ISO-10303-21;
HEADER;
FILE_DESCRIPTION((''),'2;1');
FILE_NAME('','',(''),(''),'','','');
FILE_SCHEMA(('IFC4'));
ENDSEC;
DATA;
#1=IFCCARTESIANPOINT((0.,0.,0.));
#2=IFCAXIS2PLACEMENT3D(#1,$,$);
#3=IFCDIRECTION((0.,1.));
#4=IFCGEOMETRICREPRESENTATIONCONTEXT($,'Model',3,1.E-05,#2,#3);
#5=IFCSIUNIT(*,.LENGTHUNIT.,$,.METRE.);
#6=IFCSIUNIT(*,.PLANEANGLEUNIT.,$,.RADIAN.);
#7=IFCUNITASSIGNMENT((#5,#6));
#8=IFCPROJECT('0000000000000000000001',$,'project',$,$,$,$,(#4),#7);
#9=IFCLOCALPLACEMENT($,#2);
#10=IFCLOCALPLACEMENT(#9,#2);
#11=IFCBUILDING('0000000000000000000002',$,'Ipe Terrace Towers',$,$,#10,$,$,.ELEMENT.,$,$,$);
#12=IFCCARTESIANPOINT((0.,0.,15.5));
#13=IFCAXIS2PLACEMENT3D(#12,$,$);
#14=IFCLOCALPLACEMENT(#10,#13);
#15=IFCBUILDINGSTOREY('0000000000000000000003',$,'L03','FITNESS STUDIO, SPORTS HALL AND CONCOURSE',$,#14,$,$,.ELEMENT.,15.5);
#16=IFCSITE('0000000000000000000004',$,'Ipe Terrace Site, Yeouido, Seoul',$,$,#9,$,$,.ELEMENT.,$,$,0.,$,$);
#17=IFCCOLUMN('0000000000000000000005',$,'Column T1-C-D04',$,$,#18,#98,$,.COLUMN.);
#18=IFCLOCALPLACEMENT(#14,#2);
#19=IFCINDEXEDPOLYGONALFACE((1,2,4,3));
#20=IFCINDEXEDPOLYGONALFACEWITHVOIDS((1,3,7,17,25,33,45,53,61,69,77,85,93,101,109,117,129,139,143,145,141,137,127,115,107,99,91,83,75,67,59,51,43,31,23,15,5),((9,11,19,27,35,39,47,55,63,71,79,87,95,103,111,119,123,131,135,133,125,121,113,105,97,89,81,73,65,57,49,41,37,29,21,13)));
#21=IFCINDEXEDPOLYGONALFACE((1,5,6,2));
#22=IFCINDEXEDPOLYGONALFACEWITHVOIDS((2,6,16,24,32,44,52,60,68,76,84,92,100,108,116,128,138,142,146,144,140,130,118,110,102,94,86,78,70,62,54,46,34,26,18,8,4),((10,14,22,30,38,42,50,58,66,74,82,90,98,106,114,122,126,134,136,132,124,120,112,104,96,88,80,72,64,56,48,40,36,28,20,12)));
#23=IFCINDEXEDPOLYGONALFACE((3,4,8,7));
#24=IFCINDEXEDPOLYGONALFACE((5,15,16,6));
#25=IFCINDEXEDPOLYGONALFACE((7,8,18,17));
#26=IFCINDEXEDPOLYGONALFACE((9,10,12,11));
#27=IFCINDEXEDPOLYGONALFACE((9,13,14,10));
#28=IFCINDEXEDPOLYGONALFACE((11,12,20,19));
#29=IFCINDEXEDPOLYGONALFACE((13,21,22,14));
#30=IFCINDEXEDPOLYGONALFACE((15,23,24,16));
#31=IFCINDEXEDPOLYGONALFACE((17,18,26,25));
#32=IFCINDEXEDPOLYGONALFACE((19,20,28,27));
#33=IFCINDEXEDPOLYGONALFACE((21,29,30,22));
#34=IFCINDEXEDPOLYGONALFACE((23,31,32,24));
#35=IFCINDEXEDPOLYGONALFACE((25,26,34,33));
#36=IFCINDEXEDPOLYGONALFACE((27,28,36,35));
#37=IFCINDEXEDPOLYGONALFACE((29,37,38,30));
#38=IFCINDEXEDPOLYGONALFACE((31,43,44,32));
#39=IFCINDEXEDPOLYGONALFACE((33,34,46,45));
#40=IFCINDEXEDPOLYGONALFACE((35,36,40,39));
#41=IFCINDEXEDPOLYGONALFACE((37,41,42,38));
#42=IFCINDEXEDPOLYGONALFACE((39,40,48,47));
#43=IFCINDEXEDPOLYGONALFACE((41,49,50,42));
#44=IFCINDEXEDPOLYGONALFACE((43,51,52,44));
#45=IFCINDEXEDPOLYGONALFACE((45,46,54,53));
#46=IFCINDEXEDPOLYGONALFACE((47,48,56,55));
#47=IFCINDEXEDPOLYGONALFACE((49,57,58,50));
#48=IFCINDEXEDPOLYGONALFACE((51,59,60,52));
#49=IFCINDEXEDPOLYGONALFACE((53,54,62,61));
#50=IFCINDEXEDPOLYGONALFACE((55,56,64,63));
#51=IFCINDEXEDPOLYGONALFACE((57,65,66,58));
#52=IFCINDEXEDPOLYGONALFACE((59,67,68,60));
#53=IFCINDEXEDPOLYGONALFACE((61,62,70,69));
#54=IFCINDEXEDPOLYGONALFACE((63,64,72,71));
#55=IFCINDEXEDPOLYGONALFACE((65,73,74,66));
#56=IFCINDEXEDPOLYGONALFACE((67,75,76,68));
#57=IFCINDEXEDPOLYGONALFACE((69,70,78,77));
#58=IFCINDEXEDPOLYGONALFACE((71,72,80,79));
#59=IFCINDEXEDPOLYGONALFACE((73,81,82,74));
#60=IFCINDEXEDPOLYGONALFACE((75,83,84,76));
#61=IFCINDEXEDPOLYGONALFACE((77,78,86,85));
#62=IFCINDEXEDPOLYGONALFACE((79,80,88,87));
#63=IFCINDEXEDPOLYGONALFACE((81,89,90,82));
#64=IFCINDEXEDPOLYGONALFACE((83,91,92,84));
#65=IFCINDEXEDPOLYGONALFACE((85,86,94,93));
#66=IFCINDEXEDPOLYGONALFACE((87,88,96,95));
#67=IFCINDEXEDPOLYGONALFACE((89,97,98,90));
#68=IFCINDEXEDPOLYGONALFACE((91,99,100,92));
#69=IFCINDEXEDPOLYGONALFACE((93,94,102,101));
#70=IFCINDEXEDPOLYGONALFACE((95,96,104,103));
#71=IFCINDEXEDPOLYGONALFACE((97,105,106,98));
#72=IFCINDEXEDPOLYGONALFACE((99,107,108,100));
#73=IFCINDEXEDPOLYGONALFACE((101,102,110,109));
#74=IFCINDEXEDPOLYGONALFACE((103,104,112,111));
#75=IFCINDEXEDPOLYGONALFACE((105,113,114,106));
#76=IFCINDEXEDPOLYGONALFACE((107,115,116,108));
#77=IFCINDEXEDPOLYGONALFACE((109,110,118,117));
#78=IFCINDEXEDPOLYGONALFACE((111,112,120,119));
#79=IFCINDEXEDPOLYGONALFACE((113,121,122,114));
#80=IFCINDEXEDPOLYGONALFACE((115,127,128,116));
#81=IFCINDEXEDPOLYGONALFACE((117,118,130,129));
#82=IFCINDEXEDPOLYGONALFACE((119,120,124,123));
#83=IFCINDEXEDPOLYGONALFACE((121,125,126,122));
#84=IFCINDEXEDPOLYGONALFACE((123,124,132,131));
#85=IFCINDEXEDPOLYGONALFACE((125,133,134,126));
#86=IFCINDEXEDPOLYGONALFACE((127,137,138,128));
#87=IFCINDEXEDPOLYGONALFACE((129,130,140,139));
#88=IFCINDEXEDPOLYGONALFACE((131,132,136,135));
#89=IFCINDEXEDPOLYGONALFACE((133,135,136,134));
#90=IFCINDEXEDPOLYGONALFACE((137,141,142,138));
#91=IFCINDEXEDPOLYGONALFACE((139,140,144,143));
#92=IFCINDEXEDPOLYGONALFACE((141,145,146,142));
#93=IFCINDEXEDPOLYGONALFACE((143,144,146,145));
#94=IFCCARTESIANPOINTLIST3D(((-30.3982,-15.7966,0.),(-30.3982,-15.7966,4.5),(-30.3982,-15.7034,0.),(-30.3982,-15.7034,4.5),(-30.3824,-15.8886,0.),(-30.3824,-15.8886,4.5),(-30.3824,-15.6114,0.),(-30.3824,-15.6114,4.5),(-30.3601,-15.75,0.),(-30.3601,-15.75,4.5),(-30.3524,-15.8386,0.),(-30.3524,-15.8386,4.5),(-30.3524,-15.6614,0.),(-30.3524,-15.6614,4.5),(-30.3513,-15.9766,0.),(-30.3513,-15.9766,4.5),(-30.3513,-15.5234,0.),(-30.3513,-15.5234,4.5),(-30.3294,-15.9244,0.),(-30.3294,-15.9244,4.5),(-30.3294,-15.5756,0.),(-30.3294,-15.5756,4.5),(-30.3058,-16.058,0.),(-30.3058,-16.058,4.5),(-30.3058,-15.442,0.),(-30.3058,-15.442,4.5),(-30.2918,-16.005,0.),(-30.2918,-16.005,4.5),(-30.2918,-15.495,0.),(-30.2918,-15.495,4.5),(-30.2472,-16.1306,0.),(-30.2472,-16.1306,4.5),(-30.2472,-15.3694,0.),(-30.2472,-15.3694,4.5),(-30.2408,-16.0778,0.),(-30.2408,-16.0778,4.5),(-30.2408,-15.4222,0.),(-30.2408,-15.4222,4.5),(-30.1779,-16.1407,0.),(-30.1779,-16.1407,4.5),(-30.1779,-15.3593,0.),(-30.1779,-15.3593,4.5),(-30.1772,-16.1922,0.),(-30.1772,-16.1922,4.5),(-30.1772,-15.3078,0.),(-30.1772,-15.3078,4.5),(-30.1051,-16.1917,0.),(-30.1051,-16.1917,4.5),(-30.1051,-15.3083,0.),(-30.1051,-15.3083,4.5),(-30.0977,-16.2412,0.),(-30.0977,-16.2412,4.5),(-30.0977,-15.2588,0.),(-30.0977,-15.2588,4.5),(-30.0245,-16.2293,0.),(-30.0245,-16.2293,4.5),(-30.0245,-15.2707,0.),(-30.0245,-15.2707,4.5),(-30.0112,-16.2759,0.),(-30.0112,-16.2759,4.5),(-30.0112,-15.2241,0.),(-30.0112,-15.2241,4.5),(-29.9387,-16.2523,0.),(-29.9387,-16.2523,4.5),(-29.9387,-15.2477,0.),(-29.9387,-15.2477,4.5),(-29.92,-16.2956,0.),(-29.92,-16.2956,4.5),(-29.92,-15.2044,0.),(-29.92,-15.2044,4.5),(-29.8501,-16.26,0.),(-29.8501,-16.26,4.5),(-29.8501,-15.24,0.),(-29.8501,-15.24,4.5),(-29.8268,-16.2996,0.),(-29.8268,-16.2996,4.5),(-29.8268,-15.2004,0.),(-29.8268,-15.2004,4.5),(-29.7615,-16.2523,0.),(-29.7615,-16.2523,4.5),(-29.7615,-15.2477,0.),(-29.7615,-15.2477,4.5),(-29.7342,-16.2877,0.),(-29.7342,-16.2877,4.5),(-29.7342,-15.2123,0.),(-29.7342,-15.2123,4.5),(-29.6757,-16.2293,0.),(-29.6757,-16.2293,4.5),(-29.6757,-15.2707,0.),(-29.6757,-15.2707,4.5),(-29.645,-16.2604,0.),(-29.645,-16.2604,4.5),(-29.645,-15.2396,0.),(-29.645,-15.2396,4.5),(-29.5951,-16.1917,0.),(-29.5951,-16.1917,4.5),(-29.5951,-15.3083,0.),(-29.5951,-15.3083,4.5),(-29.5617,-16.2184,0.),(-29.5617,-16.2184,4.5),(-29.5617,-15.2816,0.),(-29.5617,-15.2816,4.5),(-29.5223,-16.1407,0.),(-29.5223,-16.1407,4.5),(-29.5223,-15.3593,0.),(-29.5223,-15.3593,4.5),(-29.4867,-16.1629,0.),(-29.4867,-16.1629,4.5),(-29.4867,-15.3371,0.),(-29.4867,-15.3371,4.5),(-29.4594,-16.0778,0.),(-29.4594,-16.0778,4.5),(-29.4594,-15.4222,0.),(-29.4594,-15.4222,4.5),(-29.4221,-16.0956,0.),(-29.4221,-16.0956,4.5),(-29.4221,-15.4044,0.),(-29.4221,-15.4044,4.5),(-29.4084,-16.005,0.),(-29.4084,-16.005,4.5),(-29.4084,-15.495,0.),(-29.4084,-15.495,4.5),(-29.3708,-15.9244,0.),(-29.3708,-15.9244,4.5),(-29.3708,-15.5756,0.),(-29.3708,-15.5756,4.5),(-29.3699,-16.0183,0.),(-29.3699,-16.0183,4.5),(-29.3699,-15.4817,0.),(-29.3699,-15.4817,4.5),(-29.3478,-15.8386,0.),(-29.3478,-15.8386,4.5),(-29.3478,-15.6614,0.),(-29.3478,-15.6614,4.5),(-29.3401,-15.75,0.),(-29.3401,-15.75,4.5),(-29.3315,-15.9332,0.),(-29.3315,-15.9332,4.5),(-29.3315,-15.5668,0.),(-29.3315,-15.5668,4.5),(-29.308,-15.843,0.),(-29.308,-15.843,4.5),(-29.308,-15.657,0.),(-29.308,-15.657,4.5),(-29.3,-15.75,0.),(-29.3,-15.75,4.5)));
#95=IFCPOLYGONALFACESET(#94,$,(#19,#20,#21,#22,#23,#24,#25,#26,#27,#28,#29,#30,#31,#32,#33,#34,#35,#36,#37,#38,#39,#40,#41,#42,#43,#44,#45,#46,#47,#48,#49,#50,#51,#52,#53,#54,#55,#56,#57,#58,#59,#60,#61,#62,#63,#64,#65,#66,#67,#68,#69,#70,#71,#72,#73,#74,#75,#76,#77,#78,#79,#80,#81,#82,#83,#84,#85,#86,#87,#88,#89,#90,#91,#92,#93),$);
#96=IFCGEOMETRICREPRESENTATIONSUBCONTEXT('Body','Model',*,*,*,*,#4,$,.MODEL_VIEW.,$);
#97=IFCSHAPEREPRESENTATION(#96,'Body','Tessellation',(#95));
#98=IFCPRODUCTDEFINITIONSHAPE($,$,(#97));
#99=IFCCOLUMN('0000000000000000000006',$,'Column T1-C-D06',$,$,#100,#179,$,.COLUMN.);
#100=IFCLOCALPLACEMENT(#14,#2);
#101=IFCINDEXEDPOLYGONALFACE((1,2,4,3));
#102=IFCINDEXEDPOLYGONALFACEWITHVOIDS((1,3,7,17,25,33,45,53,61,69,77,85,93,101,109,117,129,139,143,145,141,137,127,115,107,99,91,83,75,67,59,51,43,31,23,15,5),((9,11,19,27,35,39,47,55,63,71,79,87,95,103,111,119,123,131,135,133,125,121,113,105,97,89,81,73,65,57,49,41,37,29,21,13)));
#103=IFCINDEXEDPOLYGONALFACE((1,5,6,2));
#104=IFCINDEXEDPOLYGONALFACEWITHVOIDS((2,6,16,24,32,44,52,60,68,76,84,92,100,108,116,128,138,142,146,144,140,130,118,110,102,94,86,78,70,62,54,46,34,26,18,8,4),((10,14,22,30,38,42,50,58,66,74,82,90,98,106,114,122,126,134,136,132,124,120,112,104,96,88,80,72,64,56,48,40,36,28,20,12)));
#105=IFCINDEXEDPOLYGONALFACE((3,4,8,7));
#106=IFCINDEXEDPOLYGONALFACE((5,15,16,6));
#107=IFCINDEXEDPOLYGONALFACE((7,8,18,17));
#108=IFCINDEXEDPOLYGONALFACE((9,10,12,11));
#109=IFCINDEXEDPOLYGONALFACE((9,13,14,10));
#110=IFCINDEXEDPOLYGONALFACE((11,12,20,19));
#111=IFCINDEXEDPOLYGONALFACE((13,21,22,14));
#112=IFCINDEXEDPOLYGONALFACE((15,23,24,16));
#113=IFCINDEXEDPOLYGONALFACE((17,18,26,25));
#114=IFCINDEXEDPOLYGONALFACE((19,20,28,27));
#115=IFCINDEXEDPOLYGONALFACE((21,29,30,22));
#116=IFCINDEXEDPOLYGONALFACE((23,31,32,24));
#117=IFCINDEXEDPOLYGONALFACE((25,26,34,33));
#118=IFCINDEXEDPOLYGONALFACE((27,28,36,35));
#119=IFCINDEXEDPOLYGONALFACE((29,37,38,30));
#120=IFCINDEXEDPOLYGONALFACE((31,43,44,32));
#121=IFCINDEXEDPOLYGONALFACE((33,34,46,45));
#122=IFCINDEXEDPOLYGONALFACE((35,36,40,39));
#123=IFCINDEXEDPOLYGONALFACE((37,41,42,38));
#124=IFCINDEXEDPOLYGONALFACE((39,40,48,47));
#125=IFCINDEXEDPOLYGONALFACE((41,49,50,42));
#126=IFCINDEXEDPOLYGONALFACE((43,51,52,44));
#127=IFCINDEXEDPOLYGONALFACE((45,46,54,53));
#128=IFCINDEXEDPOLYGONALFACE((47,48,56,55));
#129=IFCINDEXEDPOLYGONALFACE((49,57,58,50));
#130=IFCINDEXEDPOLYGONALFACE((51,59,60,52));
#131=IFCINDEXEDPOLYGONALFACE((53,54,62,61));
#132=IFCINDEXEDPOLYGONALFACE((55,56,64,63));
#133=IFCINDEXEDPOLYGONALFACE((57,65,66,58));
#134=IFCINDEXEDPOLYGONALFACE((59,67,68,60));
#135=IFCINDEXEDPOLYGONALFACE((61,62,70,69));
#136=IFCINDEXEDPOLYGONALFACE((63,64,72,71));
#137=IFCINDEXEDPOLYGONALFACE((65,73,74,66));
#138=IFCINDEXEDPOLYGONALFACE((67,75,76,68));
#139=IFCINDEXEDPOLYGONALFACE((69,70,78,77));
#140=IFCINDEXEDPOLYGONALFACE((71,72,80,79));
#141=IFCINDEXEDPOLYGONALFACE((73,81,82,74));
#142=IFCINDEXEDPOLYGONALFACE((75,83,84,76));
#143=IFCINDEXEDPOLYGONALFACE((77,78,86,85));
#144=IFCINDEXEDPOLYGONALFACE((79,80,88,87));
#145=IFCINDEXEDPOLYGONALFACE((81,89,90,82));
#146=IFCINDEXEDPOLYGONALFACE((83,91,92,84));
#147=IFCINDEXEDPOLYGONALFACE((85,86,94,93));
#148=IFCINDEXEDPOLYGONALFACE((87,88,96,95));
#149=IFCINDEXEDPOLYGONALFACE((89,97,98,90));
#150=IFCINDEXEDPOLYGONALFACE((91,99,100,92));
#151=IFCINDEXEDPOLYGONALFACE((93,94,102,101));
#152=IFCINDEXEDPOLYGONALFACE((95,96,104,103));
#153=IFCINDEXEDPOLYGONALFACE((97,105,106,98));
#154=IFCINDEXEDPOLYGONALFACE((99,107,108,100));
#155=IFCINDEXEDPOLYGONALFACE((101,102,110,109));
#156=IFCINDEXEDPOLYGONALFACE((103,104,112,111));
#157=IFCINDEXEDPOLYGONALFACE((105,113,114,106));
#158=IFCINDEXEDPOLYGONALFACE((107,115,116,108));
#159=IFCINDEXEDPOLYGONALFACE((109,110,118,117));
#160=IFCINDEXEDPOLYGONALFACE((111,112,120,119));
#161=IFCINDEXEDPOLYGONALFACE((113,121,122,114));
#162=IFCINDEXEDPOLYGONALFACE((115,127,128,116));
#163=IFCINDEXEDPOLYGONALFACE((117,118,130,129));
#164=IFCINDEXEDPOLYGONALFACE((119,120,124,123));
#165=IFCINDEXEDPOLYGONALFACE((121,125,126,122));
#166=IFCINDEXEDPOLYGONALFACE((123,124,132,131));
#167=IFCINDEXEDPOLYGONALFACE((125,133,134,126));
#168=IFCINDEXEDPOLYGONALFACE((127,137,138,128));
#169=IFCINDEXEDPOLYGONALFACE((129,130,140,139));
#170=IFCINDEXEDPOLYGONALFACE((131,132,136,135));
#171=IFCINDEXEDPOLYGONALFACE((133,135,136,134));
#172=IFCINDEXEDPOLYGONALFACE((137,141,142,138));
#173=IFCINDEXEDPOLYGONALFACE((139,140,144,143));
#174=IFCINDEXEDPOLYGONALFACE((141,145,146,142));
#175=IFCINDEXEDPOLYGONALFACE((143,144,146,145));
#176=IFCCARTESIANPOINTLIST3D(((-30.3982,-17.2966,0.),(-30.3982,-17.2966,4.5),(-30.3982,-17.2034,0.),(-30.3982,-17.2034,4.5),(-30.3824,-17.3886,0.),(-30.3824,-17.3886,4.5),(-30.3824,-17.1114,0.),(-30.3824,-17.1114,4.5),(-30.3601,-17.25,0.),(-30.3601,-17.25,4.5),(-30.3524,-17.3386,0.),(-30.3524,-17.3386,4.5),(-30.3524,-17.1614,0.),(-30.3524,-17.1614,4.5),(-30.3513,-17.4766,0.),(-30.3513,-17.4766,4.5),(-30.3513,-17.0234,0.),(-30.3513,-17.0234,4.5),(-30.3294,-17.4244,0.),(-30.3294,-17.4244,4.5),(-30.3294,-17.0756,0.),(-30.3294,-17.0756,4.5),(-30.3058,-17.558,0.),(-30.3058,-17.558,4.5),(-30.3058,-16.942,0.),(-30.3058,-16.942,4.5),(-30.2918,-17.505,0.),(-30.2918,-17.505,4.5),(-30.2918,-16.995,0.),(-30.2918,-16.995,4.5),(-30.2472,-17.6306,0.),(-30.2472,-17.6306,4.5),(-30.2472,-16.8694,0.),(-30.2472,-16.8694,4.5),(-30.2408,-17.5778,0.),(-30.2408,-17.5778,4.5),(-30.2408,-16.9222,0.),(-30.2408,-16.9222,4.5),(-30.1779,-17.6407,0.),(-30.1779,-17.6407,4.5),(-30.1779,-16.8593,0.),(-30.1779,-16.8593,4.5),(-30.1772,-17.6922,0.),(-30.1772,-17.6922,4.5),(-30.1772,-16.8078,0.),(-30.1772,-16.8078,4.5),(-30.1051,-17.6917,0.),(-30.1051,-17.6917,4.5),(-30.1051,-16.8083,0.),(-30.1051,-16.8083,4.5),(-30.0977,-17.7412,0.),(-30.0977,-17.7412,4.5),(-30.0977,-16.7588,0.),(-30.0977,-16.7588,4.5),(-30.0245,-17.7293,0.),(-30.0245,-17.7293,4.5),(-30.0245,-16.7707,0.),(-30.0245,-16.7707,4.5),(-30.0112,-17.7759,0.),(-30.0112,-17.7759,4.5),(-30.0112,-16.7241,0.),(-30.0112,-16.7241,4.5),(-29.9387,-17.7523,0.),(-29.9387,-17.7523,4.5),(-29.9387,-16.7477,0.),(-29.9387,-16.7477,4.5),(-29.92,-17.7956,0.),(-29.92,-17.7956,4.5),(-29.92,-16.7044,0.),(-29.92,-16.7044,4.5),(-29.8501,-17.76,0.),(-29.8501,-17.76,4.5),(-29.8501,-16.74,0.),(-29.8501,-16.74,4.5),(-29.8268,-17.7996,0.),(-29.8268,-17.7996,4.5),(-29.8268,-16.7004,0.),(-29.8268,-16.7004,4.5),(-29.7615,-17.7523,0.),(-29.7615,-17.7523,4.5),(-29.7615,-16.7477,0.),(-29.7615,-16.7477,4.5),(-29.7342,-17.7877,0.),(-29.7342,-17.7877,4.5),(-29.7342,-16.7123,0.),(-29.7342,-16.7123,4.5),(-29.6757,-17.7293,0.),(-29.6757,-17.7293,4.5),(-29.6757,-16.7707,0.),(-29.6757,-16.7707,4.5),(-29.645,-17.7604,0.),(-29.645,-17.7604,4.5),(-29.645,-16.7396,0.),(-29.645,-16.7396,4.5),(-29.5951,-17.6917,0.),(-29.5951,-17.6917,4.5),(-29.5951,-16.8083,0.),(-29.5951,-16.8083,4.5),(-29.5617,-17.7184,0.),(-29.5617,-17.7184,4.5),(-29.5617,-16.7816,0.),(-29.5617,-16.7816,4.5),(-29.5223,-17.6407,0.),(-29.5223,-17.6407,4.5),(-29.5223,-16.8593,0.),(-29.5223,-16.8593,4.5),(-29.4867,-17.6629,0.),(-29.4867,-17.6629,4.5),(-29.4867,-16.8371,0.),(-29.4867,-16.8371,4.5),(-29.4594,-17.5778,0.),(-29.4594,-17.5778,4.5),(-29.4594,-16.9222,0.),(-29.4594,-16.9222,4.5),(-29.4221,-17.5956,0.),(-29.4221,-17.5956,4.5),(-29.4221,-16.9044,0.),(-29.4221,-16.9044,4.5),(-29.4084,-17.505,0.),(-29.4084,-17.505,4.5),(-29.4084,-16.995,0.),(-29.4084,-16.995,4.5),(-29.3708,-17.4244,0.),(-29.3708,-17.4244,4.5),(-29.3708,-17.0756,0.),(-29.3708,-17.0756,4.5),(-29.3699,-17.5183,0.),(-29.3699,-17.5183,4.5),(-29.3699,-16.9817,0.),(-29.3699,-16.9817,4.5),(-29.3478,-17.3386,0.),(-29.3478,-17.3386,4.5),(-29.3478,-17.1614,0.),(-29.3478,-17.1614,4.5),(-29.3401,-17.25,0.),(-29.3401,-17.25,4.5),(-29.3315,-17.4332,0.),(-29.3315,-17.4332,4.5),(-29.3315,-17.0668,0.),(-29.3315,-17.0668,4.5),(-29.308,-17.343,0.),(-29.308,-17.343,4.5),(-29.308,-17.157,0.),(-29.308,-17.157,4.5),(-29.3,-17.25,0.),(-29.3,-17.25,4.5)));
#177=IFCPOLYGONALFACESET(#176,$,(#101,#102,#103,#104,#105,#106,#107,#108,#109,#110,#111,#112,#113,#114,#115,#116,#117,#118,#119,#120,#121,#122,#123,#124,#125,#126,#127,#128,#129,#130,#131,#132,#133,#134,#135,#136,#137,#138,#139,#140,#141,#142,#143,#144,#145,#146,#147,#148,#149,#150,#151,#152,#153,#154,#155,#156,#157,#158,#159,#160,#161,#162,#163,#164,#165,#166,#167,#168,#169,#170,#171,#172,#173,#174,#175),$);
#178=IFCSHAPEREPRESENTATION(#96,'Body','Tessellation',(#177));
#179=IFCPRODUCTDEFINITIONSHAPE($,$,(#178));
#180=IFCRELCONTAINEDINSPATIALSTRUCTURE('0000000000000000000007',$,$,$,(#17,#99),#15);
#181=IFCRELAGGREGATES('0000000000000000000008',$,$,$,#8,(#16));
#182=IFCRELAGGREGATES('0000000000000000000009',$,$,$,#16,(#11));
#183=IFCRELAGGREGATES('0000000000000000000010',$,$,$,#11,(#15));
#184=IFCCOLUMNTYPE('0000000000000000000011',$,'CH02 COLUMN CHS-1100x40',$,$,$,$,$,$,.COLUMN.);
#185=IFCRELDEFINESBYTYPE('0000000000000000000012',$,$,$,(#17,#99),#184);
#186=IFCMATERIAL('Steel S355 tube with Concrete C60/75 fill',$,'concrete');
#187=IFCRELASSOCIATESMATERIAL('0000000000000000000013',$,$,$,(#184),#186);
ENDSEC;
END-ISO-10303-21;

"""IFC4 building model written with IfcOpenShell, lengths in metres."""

from ifc_helpers import new_model, si_unit, direction, frame, origin, origin_2d, place, context, subcontext, project, spatial, hollow_circle, extrude, material, material_profile, profile_set, type_object, element, save


model = new_model("IFC4")

# Units and contexts
model_context = context("Model", 3, precision=1e-05, world=origin(), true_north=direction((0.0, 1.0)))
body_context = subcontext(model_context, "Body", "Model", "MODEL_VIEW")
ifc_project = project(units=[si_unit("LENGTHUNIT", "METRE"), si_unit("PLANEANGLEUNIT", "RADIAN")], contexts=[model_context])

# Site, building, storey
site_placement = place(None, origin())
site = spatial("IfcSite", under=ifc_project, at=site_placement, Name="Ipe Terrace Site, Yeouido, Seoul", CompositionType="ELEMENT", RefElevation=0.0)
building_placement = place(site_placement, origin())
building = spatial("IfcBuilding", under=site, at=building_placement, Name="Ipe Terrace Towers", CompositionType="ELEMENT")
storey_placement = place(building_placement, frame((0.0, 0.0, 15.5)))
storey = spatial("IfcBuildingStorey", under=building, at=storey_placement, Name="L03", Description="FITNESS STUDIO, SPORTS HALL AND CONCOURSE", CompositionType="ELEMENT", Elevation=15.5)

# Columns
ifc_material_1 = material(Name="Steel S355 tube with Concrete C60/75 fill", Category="concrete")
ifc_material_profile_1 = material_profile(ifc_material_1, hollow_circle(Radius=0.55, WallThickness=0.04, at=origin_2d()), Name="CHS-1100x40")
ifc_profile_set_1 = profile_set([ifc_material_profile_1], Name="Steel S355 tube with Concrete C60/75 fill")
column_type_1 = type_object("IfcColumnType", Name="CH02 COLUMN CHS-1100x40", PredefinedType="COLUMN", material=ifc_profile_set_1)
for number, where, z_axis, x_axis, name in (
    (1, (-29.8501, -15.75, 0.0), (0.0, 0.0, 1.0), (1.0, 0.0, 0.0), "Column T1-C-D04"),
    (2, (-29.8501, -17.25, 0.0), (0.0, 0.0, 1.0), (1.0, 0.0, 0.0), "Column T1-C-D06"),
):
    element("IfcColumn", number, at=place(storey_placement, frame(where, z_axis=z_axis, x_axis=x_axis)), inside=storey, type_object=column_type_1, Name=name, PredefinedType="COLUMN", context=body_context, shape_type="SweptSolid", body=[
        extrude(hollow_circle(Radius=0.55, WallThickness=0.04, at=origin_2d()), origin(), (0.0, 0.0, 1.0), 4.5),
    ])

save(model, "model.ifc")
